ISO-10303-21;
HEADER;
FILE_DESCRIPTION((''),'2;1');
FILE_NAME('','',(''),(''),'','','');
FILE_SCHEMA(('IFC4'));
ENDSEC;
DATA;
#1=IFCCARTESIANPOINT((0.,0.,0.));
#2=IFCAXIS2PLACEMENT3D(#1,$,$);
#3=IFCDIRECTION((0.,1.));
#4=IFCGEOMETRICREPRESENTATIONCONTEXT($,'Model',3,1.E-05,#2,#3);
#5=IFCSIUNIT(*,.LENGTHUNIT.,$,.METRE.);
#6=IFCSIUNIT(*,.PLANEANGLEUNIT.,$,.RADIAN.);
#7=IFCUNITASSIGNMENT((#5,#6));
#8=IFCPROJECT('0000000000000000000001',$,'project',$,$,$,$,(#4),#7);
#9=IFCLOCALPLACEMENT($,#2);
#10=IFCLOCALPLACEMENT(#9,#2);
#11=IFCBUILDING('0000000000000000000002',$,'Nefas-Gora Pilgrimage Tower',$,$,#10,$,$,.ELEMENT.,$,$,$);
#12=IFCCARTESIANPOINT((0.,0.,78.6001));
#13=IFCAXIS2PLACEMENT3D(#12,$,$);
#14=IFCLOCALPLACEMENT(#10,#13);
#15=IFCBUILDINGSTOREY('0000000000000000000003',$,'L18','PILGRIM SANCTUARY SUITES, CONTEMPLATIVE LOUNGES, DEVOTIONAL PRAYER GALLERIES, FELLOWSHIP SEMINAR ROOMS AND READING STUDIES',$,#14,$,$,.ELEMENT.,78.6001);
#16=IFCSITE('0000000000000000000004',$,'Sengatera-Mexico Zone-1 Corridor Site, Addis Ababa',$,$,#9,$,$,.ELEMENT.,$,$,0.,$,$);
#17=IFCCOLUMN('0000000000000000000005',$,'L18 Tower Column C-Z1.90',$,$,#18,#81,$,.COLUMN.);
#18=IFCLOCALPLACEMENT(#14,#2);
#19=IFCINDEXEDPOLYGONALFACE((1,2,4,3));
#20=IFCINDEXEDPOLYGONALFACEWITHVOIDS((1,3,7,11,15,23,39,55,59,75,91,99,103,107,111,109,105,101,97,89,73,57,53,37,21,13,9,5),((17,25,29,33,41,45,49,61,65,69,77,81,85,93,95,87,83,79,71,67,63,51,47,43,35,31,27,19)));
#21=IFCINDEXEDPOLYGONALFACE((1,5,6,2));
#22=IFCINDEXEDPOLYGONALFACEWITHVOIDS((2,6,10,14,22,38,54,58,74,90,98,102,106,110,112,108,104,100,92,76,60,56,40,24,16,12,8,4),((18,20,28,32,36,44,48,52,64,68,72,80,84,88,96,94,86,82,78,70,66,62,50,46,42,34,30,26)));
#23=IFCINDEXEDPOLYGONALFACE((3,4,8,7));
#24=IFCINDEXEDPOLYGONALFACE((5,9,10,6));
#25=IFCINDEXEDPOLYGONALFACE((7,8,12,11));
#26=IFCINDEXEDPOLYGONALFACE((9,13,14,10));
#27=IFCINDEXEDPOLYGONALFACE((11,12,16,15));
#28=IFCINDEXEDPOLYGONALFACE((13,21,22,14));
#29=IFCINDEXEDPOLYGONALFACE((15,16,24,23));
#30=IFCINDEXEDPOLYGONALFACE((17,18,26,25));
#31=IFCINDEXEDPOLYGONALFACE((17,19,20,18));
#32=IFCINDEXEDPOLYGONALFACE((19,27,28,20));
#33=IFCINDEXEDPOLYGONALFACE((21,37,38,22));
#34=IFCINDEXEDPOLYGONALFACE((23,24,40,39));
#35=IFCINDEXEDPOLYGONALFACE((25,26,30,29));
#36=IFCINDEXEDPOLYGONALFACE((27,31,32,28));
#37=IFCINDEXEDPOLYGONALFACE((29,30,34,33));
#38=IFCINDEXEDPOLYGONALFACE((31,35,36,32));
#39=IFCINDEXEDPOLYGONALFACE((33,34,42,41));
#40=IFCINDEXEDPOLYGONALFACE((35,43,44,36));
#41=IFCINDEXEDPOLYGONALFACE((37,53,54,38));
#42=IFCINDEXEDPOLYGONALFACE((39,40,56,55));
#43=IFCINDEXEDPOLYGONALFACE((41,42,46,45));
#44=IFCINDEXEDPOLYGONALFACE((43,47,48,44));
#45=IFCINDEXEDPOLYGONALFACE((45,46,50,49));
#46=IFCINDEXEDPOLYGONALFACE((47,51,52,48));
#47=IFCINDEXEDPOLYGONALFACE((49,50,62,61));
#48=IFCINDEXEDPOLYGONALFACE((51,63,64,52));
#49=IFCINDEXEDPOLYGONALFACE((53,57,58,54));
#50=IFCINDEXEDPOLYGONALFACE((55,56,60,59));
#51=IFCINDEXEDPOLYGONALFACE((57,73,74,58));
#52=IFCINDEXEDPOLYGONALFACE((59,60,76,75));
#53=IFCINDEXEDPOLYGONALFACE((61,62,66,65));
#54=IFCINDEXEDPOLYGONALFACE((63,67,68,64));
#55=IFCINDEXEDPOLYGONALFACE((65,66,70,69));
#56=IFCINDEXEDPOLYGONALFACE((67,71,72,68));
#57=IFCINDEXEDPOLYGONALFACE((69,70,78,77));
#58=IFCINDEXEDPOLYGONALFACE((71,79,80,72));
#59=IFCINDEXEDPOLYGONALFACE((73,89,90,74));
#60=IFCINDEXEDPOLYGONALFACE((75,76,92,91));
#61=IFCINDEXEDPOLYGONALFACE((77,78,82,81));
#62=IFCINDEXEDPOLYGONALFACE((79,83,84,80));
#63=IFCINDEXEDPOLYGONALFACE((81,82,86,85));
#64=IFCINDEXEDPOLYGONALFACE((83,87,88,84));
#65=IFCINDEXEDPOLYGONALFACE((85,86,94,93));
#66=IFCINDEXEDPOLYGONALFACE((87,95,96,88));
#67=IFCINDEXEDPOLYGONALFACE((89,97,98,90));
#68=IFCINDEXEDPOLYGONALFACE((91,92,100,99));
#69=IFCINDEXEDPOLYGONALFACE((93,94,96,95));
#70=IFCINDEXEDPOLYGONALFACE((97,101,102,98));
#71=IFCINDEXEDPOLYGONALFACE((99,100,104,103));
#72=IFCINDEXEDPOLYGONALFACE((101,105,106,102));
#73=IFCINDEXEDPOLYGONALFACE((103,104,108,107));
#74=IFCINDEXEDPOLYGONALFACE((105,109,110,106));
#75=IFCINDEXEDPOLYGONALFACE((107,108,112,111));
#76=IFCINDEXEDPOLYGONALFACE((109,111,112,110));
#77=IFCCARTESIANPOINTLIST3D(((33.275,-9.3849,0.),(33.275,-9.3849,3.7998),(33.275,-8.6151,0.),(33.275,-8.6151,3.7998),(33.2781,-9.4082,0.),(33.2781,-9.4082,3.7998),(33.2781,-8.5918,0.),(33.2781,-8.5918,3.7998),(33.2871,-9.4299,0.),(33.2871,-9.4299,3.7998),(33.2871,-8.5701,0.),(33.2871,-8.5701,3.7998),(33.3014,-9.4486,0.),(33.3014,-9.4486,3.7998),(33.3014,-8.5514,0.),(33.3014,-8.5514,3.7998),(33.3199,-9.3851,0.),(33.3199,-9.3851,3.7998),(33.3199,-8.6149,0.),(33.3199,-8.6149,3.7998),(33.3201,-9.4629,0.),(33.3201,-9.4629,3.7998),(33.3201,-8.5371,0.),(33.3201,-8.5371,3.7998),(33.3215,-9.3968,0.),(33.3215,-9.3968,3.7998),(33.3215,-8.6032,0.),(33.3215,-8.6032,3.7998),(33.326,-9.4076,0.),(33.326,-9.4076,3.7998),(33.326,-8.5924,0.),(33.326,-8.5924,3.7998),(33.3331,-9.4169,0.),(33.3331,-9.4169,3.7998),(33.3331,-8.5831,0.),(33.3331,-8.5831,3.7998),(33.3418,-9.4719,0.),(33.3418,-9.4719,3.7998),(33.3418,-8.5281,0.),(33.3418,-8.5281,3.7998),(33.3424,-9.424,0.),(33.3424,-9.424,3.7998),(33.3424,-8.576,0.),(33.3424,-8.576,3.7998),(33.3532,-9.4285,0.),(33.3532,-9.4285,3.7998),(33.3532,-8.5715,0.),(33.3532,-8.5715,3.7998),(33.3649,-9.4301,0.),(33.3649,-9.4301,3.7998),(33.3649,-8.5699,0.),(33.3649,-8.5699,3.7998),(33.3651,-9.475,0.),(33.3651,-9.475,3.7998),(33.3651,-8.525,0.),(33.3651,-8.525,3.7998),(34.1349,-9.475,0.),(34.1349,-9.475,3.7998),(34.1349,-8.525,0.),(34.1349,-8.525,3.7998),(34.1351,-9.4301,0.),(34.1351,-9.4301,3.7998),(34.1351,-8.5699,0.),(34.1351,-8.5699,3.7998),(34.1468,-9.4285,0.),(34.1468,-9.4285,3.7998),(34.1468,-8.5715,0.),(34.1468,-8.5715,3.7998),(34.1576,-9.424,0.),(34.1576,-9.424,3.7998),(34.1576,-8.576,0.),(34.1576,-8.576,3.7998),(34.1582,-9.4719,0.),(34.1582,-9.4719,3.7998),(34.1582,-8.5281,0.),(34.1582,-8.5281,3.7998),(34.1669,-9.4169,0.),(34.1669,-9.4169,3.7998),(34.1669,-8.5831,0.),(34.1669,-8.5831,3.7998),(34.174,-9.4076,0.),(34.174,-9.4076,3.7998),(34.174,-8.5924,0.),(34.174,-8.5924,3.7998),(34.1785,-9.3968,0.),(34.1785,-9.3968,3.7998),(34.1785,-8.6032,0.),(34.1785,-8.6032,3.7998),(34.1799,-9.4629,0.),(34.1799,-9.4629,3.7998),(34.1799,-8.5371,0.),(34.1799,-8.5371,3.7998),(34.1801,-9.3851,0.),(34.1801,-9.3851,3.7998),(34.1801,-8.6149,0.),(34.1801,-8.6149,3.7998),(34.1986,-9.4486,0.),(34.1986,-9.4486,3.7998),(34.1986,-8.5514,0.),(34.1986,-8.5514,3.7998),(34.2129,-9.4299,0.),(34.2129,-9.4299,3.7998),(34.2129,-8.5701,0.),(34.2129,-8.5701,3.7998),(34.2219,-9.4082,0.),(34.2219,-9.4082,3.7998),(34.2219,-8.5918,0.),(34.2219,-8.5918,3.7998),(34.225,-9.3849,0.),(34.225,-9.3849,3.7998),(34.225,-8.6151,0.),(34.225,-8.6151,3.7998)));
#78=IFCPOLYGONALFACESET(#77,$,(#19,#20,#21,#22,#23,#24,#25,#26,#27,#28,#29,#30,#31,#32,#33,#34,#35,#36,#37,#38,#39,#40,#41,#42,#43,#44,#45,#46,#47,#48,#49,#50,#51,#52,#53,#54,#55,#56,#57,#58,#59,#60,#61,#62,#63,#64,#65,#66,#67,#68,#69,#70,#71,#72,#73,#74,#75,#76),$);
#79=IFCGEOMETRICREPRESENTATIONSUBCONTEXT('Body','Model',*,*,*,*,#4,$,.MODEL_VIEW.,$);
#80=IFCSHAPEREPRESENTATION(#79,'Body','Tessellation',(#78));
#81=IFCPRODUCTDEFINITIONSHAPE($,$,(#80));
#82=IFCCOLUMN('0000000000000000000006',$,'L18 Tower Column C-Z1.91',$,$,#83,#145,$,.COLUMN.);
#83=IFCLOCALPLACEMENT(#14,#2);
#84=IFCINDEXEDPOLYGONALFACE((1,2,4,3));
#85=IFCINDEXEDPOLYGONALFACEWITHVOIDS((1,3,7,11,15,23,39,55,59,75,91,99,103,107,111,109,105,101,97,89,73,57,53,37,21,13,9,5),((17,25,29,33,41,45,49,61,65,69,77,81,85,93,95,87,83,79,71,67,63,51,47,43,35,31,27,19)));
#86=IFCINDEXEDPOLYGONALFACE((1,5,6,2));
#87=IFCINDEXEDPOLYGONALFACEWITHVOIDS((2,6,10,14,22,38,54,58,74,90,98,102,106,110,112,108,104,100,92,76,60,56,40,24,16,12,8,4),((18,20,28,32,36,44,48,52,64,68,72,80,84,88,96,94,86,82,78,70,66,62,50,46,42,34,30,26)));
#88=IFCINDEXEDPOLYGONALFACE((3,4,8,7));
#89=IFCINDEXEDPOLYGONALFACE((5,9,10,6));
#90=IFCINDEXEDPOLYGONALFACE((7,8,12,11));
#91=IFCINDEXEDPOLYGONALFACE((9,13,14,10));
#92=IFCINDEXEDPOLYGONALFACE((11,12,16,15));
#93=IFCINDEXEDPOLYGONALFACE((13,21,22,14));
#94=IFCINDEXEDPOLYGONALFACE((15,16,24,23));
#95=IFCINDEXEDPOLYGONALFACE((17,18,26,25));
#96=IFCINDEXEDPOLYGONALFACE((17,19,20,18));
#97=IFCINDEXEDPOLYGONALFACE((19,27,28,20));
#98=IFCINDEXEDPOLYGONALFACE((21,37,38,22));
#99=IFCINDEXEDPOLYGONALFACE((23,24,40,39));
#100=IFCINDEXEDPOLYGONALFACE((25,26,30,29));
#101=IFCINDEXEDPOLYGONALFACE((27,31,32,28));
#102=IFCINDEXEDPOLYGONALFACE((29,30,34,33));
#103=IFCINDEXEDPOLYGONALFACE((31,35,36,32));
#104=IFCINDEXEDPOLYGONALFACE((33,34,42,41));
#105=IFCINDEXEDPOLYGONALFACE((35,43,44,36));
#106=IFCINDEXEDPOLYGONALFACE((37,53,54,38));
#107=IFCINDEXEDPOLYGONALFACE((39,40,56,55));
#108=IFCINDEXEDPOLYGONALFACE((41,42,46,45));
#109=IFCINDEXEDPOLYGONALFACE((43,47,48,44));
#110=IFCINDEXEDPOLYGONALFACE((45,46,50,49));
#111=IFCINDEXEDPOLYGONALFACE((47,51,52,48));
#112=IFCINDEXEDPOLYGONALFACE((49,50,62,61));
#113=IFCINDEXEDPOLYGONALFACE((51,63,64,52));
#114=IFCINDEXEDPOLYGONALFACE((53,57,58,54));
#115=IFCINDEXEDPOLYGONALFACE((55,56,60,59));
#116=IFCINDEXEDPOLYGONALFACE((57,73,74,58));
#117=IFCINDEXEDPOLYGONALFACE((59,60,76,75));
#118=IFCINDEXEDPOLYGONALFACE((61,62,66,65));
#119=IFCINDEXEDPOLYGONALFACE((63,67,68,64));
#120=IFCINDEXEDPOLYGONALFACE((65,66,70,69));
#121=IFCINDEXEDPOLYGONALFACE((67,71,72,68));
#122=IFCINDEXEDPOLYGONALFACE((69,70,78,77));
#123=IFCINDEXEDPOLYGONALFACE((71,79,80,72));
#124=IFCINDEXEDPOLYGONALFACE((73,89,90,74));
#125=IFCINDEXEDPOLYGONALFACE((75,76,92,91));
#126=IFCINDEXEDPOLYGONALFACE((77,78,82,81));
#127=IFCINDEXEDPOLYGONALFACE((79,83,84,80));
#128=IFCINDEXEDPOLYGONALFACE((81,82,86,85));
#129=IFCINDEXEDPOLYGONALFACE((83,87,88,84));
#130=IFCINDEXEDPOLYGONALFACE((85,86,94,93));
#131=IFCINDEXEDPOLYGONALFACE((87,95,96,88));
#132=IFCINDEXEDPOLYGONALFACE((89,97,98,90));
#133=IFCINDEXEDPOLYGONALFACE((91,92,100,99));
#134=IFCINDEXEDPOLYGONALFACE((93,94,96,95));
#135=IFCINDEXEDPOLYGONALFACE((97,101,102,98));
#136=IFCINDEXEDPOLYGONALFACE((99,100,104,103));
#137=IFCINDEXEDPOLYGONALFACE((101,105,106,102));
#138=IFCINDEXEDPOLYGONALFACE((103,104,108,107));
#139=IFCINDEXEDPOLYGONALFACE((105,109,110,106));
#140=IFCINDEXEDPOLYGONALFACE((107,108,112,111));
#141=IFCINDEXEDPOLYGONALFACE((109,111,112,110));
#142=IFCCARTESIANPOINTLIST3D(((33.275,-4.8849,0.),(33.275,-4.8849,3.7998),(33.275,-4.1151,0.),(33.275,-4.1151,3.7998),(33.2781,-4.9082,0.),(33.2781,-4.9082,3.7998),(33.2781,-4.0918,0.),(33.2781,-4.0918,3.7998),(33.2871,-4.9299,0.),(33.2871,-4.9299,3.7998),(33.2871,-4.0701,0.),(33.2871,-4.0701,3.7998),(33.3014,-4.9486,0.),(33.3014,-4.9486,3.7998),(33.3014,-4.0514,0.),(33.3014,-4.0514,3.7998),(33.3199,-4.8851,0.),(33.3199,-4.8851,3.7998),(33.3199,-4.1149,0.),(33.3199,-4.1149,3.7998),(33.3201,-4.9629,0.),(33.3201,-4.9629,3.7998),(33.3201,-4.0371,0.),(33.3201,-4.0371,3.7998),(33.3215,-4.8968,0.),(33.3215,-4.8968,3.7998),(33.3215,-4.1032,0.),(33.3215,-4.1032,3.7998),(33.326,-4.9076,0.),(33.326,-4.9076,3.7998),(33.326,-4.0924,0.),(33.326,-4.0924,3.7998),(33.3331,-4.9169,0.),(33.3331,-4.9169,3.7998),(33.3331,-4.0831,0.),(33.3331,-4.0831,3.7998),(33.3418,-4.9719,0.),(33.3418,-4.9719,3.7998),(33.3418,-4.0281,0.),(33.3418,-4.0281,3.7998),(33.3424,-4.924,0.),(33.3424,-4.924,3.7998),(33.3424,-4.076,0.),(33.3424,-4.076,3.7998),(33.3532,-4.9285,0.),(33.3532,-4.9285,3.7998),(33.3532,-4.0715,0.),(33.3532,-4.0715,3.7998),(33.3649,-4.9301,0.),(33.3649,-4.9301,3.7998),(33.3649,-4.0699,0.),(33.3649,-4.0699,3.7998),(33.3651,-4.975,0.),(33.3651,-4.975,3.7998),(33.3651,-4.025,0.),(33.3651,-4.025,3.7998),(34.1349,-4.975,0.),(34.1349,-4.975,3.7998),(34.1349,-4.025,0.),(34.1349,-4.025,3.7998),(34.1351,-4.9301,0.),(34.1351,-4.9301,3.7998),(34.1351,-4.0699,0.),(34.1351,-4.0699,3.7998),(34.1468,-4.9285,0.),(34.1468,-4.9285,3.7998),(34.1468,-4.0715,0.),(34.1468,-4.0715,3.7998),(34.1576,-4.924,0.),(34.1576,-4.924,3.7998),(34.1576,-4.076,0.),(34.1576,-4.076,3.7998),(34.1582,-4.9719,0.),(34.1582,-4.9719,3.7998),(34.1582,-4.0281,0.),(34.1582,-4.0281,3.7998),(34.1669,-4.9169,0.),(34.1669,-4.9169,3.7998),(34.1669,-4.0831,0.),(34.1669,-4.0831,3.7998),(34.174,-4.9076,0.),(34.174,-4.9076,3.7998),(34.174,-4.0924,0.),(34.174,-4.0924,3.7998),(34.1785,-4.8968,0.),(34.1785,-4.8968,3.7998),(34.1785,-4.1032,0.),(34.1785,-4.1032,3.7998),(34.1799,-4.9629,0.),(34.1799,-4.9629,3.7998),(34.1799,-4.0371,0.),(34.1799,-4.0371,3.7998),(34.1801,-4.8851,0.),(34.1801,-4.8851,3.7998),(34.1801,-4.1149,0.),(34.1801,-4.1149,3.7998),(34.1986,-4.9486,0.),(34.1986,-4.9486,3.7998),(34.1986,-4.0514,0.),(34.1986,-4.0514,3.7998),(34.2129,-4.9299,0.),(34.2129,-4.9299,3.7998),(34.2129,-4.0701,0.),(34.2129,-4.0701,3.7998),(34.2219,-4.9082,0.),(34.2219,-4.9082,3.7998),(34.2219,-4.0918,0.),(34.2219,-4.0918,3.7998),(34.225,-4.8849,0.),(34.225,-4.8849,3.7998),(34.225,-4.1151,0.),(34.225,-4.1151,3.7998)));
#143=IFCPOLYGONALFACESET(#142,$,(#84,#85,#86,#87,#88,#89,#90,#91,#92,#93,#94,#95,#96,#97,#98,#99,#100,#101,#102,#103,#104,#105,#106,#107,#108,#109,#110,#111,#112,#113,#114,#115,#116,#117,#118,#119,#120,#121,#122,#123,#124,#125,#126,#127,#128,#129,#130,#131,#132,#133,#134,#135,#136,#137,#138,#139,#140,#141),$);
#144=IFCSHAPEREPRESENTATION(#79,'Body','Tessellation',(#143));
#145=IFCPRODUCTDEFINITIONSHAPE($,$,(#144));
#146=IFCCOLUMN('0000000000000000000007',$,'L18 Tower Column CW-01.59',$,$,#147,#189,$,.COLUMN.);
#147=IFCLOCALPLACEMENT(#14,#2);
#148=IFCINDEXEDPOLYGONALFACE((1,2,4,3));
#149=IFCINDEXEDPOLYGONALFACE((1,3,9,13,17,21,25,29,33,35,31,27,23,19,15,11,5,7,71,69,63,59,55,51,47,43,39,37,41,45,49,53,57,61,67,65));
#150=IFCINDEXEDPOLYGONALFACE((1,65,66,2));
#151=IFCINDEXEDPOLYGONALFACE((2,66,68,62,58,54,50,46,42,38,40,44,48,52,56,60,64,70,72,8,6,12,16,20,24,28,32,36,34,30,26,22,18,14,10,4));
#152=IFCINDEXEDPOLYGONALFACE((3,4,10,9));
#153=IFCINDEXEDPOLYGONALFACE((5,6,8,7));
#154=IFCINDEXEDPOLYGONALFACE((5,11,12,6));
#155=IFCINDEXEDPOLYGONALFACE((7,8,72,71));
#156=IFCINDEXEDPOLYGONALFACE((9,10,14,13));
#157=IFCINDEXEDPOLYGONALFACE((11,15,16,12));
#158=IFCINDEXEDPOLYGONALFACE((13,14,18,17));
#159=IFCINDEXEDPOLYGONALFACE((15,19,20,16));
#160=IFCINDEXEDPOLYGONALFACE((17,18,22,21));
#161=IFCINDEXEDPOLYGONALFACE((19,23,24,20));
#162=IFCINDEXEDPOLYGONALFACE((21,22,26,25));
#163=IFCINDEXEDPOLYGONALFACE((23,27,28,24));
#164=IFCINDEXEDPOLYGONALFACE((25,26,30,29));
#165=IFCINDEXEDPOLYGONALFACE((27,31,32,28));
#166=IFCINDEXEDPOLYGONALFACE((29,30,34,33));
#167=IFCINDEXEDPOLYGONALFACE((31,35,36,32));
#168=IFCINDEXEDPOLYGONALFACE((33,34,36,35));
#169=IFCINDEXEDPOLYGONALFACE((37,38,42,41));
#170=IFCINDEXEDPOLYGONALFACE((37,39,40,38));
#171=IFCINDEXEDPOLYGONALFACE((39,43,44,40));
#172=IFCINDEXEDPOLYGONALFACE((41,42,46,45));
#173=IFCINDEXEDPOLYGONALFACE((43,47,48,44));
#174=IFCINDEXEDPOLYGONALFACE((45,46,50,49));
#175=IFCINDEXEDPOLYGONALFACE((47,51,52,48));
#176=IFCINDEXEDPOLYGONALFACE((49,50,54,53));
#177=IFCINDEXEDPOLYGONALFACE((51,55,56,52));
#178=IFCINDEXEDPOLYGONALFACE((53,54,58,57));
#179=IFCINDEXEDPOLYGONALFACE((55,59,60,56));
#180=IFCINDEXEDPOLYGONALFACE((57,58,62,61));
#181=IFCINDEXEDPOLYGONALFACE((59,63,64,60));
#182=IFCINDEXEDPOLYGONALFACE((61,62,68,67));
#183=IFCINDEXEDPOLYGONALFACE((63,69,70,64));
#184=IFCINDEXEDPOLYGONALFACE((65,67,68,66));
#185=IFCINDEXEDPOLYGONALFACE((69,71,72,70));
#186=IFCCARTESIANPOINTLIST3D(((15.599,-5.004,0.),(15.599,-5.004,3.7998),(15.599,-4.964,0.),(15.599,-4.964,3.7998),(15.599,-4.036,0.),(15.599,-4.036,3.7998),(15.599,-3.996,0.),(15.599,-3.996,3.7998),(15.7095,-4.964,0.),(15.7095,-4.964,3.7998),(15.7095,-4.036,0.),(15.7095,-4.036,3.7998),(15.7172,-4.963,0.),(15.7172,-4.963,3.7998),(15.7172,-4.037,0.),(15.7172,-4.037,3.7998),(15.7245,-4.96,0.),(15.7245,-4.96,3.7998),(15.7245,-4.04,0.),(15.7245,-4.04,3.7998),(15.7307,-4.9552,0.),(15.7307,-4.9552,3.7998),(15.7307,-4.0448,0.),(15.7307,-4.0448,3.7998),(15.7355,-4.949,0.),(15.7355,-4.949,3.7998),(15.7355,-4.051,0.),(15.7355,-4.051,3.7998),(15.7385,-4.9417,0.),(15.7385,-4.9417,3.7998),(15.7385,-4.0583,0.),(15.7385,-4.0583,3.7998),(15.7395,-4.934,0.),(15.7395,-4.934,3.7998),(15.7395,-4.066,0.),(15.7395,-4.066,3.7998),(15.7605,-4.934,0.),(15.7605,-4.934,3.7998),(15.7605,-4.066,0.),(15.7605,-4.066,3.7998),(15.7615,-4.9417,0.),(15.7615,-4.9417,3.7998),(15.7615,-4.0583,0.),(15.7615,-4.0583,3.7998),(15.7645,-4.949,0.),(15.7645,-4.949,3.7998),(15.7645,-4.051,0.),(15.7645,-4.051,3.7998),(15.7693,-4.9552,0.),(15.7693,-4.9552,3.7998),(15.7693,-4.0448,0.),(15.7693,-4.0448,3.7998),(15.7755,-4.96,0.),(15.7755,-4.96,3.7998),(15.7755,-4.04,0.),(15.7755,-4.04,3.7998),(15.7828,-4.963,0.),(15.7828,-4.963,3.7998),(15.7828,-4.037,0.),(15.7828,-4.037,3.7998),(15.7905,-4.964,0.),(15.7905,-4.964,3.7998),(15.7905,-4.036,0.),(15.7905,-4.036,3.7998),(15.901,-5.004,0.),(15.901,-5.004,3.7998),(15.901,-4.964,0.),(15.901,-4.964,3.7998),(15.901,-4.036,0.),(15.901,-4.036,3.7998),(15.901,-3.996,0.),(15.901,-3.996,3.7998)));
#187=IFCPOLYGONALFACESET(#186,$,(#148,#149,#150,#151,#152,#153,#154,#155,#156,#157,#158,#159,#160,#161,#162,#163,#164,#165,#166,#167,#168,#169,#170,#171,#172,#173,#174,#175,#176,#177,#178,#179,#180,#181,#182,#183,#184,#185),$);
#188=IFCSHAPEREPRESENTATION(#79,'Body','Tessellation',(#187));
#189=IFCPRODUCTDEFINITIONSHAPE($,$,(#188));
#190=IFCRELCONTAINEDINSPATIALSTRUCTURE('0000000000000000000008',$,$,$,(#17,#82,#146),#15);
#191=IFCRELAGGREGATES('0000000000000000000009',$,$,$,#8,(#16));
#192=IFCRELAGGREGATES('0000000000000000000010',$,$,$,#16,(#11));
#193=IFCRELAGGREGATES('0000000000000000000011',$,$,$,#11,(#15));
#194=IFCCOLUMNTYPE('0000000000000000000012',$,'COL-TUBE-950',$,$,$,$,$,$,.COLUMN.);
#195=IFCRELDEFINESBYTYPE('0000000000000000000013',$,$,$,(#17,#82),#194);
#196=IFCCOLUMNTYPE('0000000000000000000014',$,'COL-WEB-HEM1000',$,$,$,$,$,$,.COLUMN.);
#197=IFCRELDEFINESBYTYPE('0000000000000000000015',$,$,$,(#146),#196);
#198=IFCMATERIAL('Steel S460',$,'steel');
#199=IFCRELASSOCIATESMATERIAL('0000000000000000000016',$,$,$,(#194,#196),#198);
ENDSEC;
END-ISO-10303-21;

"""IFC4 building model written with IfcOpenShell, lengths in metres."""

from ifc_helpers import new_model, si_unit, direction, frame, origin, origin_2d, place, context, subcontext, project, spatial, hollow_rectangle, i_section, extrude, source, transform, mapped, material, material_profile, profile_set, type_object, element, save


model = new_model("IFC4")

# Units and contexts
model_context = context("Model", 3, precision=1e-05, world=origin(), true_north=direction((0.0, 1.0)))
body_context = subcontext(model_context, "Body", "Model", "MODEL_VIEW")
ifc_project = project(units=[si_unit("LENGTHUNIT", "METRE"), si_unit("PLANEANGLEUNIT", "RADIAN")], contexts=[model_context])

# Site, building, storey
site_placement = place(None, origin())
site = spatial("IfcSite", under=ifc_project, at=site_placement, Name="Sengatera-Mexico Zone-1 Corridor Site, Addis Ababa", CompositionType="ELEMENT", RefElevation=0.0)
building_placement = place(site_placement, origin())
building = spatial("IfcBuilding", under=site, at=building_placement, Name="Nefas-Gora Pilgrimage Tower", CompositionType="ELEMENT")
storey_placement = place(building_placement, frame((0.0, 0.0, 78.6001)))
storey = spatial("IfcBuildingStorey", under=building, at=storey_placement, Name="L18", Description="PILGRIM SANCTUARY SUITES, CONTEMPLATIVE LOUNGES, DEVOTIONAL PRAYER GALLERIES, FELLOWSHIP SEMINAR ROOMS AND READING STUDIES", CompositionType="ELEMENT", Elevation=78.6001)

# Columns
ifc_material_1 = material(Name="Steel S460", Category="steel")
ifc_material_profile_1 = material_profile(ifc_material_1, hollow_rectangle(XDim=0.95, YDim=0.95, WallThickness=0.0449, InnerFilletRadius=0.0449, OuterFilletRadius=0.0901, at=origin_2d()), Name="BOX 950x950x45")
ifc_profile_set_1 = profile_set([ifc_material_profile_1], Name="Steel S460")
column_type_1 = type_object("IfcColumnType", Name="COL-TUBE-950", PredefinedType="COLUMN", material=ifc_profile_set_1)
shared_shape_1 = source(origin(), body_context, "Body", "SweptSolid", [
    extrude(hollow_rectangle(XDim=0.95, YDim=0.95, WallThickness=0.0449, InnerFilletRadius=0.0449, OuterFilletRadius=0.0901, at=origin_2d()), origin(), (0.0, 0.0, 1.0), 3.7998),
])
for number, where, z_axis, x_axis, name in (
    (1, (33.75, -9.0, 0.0), (0.0, 0.0, 1.0), (1.0, 0.0, 0.0), "L18 Tower Column C-Z1.90"),
    (2, (33.75, -4.5, 0.0), (0.0, 0.0, 1.0), (1.0, 0.0, 0.0), "L18 Tower Column C-Z1.91"),
):
    element("IfcColumn", number, at=place(storey_placement, frame(where, z_axis=z_axis, x_axis=x_axis)), inside=storey, type_object=column_type_1, Name=name, PredefinedType="COLUMN", context=body_context, shape_type="MappedRepresentation", body=[
        mapped(shared_shape_1, transform((0.0, 0.0, 0.0), x_axis=(1.0, 0.0, 0.0), y_axis=(0.0, 1.0, 0.0), z_axis=(0.0, 0.0, 1.0), scale=1.0)),
    ])
ifc_material_profile_2 = material_profile(ifc_material_1, i_section(OverallWidth=0.302, OverallDepth=1.0081, WebThickness=0.021, FlangeThickness=0.04, FilletRadius=0.03, at=origin_2d()), Name="HEM 1000")
ifc_profile_set_2 = profile_set([ifc_material_profile_2], Name="Steel S460")
column_type_2 = type_object("IfcColumnType", Name="COL-WEB-HEM1000", PredefinedType="COLUMN", material=ifc_profile_set_2)
shared_shape_2 = source(origin(), body_context, "Body", "SweptSolid", [
    extrude(i_section(OverallWidth=0.302, OverallDepth=1.0081, WebThickness=0.021, FlangeThickness=0.04, FilletRadius=0.03, at=origin_2d()), origin(), (0.0, 0.0, 1.0), 3.7998),
])
for number, where, z_axis, x_axis, name in (
    (3, (15.75, -4.5, 0.0), (0.0, 0.0, 1.0), (1.0, 0.0, 0.0), "L18 Tower Column CW-01.59"),
):
    element("IfcColumn", number, at=place(storey_placement, frame(where, z_axis=z_axis, x_axis=x_axis)), inside=storey, type_object=column_type_2, Name=name, PredefinedType="COLUMN", context=body_context, shape_type="MappedRepresentation", body=[
        mapped(shared_shape_2, transform((0.0, 0.0, 0.0), x_axis=(1.0, 0.0, 0.0), y_axis=(0.0, 1.0, 0.0), z_axis=(0.0, 0.0, 1.0), scale=1.0)),
    ])

save(model, "model.ifc")
